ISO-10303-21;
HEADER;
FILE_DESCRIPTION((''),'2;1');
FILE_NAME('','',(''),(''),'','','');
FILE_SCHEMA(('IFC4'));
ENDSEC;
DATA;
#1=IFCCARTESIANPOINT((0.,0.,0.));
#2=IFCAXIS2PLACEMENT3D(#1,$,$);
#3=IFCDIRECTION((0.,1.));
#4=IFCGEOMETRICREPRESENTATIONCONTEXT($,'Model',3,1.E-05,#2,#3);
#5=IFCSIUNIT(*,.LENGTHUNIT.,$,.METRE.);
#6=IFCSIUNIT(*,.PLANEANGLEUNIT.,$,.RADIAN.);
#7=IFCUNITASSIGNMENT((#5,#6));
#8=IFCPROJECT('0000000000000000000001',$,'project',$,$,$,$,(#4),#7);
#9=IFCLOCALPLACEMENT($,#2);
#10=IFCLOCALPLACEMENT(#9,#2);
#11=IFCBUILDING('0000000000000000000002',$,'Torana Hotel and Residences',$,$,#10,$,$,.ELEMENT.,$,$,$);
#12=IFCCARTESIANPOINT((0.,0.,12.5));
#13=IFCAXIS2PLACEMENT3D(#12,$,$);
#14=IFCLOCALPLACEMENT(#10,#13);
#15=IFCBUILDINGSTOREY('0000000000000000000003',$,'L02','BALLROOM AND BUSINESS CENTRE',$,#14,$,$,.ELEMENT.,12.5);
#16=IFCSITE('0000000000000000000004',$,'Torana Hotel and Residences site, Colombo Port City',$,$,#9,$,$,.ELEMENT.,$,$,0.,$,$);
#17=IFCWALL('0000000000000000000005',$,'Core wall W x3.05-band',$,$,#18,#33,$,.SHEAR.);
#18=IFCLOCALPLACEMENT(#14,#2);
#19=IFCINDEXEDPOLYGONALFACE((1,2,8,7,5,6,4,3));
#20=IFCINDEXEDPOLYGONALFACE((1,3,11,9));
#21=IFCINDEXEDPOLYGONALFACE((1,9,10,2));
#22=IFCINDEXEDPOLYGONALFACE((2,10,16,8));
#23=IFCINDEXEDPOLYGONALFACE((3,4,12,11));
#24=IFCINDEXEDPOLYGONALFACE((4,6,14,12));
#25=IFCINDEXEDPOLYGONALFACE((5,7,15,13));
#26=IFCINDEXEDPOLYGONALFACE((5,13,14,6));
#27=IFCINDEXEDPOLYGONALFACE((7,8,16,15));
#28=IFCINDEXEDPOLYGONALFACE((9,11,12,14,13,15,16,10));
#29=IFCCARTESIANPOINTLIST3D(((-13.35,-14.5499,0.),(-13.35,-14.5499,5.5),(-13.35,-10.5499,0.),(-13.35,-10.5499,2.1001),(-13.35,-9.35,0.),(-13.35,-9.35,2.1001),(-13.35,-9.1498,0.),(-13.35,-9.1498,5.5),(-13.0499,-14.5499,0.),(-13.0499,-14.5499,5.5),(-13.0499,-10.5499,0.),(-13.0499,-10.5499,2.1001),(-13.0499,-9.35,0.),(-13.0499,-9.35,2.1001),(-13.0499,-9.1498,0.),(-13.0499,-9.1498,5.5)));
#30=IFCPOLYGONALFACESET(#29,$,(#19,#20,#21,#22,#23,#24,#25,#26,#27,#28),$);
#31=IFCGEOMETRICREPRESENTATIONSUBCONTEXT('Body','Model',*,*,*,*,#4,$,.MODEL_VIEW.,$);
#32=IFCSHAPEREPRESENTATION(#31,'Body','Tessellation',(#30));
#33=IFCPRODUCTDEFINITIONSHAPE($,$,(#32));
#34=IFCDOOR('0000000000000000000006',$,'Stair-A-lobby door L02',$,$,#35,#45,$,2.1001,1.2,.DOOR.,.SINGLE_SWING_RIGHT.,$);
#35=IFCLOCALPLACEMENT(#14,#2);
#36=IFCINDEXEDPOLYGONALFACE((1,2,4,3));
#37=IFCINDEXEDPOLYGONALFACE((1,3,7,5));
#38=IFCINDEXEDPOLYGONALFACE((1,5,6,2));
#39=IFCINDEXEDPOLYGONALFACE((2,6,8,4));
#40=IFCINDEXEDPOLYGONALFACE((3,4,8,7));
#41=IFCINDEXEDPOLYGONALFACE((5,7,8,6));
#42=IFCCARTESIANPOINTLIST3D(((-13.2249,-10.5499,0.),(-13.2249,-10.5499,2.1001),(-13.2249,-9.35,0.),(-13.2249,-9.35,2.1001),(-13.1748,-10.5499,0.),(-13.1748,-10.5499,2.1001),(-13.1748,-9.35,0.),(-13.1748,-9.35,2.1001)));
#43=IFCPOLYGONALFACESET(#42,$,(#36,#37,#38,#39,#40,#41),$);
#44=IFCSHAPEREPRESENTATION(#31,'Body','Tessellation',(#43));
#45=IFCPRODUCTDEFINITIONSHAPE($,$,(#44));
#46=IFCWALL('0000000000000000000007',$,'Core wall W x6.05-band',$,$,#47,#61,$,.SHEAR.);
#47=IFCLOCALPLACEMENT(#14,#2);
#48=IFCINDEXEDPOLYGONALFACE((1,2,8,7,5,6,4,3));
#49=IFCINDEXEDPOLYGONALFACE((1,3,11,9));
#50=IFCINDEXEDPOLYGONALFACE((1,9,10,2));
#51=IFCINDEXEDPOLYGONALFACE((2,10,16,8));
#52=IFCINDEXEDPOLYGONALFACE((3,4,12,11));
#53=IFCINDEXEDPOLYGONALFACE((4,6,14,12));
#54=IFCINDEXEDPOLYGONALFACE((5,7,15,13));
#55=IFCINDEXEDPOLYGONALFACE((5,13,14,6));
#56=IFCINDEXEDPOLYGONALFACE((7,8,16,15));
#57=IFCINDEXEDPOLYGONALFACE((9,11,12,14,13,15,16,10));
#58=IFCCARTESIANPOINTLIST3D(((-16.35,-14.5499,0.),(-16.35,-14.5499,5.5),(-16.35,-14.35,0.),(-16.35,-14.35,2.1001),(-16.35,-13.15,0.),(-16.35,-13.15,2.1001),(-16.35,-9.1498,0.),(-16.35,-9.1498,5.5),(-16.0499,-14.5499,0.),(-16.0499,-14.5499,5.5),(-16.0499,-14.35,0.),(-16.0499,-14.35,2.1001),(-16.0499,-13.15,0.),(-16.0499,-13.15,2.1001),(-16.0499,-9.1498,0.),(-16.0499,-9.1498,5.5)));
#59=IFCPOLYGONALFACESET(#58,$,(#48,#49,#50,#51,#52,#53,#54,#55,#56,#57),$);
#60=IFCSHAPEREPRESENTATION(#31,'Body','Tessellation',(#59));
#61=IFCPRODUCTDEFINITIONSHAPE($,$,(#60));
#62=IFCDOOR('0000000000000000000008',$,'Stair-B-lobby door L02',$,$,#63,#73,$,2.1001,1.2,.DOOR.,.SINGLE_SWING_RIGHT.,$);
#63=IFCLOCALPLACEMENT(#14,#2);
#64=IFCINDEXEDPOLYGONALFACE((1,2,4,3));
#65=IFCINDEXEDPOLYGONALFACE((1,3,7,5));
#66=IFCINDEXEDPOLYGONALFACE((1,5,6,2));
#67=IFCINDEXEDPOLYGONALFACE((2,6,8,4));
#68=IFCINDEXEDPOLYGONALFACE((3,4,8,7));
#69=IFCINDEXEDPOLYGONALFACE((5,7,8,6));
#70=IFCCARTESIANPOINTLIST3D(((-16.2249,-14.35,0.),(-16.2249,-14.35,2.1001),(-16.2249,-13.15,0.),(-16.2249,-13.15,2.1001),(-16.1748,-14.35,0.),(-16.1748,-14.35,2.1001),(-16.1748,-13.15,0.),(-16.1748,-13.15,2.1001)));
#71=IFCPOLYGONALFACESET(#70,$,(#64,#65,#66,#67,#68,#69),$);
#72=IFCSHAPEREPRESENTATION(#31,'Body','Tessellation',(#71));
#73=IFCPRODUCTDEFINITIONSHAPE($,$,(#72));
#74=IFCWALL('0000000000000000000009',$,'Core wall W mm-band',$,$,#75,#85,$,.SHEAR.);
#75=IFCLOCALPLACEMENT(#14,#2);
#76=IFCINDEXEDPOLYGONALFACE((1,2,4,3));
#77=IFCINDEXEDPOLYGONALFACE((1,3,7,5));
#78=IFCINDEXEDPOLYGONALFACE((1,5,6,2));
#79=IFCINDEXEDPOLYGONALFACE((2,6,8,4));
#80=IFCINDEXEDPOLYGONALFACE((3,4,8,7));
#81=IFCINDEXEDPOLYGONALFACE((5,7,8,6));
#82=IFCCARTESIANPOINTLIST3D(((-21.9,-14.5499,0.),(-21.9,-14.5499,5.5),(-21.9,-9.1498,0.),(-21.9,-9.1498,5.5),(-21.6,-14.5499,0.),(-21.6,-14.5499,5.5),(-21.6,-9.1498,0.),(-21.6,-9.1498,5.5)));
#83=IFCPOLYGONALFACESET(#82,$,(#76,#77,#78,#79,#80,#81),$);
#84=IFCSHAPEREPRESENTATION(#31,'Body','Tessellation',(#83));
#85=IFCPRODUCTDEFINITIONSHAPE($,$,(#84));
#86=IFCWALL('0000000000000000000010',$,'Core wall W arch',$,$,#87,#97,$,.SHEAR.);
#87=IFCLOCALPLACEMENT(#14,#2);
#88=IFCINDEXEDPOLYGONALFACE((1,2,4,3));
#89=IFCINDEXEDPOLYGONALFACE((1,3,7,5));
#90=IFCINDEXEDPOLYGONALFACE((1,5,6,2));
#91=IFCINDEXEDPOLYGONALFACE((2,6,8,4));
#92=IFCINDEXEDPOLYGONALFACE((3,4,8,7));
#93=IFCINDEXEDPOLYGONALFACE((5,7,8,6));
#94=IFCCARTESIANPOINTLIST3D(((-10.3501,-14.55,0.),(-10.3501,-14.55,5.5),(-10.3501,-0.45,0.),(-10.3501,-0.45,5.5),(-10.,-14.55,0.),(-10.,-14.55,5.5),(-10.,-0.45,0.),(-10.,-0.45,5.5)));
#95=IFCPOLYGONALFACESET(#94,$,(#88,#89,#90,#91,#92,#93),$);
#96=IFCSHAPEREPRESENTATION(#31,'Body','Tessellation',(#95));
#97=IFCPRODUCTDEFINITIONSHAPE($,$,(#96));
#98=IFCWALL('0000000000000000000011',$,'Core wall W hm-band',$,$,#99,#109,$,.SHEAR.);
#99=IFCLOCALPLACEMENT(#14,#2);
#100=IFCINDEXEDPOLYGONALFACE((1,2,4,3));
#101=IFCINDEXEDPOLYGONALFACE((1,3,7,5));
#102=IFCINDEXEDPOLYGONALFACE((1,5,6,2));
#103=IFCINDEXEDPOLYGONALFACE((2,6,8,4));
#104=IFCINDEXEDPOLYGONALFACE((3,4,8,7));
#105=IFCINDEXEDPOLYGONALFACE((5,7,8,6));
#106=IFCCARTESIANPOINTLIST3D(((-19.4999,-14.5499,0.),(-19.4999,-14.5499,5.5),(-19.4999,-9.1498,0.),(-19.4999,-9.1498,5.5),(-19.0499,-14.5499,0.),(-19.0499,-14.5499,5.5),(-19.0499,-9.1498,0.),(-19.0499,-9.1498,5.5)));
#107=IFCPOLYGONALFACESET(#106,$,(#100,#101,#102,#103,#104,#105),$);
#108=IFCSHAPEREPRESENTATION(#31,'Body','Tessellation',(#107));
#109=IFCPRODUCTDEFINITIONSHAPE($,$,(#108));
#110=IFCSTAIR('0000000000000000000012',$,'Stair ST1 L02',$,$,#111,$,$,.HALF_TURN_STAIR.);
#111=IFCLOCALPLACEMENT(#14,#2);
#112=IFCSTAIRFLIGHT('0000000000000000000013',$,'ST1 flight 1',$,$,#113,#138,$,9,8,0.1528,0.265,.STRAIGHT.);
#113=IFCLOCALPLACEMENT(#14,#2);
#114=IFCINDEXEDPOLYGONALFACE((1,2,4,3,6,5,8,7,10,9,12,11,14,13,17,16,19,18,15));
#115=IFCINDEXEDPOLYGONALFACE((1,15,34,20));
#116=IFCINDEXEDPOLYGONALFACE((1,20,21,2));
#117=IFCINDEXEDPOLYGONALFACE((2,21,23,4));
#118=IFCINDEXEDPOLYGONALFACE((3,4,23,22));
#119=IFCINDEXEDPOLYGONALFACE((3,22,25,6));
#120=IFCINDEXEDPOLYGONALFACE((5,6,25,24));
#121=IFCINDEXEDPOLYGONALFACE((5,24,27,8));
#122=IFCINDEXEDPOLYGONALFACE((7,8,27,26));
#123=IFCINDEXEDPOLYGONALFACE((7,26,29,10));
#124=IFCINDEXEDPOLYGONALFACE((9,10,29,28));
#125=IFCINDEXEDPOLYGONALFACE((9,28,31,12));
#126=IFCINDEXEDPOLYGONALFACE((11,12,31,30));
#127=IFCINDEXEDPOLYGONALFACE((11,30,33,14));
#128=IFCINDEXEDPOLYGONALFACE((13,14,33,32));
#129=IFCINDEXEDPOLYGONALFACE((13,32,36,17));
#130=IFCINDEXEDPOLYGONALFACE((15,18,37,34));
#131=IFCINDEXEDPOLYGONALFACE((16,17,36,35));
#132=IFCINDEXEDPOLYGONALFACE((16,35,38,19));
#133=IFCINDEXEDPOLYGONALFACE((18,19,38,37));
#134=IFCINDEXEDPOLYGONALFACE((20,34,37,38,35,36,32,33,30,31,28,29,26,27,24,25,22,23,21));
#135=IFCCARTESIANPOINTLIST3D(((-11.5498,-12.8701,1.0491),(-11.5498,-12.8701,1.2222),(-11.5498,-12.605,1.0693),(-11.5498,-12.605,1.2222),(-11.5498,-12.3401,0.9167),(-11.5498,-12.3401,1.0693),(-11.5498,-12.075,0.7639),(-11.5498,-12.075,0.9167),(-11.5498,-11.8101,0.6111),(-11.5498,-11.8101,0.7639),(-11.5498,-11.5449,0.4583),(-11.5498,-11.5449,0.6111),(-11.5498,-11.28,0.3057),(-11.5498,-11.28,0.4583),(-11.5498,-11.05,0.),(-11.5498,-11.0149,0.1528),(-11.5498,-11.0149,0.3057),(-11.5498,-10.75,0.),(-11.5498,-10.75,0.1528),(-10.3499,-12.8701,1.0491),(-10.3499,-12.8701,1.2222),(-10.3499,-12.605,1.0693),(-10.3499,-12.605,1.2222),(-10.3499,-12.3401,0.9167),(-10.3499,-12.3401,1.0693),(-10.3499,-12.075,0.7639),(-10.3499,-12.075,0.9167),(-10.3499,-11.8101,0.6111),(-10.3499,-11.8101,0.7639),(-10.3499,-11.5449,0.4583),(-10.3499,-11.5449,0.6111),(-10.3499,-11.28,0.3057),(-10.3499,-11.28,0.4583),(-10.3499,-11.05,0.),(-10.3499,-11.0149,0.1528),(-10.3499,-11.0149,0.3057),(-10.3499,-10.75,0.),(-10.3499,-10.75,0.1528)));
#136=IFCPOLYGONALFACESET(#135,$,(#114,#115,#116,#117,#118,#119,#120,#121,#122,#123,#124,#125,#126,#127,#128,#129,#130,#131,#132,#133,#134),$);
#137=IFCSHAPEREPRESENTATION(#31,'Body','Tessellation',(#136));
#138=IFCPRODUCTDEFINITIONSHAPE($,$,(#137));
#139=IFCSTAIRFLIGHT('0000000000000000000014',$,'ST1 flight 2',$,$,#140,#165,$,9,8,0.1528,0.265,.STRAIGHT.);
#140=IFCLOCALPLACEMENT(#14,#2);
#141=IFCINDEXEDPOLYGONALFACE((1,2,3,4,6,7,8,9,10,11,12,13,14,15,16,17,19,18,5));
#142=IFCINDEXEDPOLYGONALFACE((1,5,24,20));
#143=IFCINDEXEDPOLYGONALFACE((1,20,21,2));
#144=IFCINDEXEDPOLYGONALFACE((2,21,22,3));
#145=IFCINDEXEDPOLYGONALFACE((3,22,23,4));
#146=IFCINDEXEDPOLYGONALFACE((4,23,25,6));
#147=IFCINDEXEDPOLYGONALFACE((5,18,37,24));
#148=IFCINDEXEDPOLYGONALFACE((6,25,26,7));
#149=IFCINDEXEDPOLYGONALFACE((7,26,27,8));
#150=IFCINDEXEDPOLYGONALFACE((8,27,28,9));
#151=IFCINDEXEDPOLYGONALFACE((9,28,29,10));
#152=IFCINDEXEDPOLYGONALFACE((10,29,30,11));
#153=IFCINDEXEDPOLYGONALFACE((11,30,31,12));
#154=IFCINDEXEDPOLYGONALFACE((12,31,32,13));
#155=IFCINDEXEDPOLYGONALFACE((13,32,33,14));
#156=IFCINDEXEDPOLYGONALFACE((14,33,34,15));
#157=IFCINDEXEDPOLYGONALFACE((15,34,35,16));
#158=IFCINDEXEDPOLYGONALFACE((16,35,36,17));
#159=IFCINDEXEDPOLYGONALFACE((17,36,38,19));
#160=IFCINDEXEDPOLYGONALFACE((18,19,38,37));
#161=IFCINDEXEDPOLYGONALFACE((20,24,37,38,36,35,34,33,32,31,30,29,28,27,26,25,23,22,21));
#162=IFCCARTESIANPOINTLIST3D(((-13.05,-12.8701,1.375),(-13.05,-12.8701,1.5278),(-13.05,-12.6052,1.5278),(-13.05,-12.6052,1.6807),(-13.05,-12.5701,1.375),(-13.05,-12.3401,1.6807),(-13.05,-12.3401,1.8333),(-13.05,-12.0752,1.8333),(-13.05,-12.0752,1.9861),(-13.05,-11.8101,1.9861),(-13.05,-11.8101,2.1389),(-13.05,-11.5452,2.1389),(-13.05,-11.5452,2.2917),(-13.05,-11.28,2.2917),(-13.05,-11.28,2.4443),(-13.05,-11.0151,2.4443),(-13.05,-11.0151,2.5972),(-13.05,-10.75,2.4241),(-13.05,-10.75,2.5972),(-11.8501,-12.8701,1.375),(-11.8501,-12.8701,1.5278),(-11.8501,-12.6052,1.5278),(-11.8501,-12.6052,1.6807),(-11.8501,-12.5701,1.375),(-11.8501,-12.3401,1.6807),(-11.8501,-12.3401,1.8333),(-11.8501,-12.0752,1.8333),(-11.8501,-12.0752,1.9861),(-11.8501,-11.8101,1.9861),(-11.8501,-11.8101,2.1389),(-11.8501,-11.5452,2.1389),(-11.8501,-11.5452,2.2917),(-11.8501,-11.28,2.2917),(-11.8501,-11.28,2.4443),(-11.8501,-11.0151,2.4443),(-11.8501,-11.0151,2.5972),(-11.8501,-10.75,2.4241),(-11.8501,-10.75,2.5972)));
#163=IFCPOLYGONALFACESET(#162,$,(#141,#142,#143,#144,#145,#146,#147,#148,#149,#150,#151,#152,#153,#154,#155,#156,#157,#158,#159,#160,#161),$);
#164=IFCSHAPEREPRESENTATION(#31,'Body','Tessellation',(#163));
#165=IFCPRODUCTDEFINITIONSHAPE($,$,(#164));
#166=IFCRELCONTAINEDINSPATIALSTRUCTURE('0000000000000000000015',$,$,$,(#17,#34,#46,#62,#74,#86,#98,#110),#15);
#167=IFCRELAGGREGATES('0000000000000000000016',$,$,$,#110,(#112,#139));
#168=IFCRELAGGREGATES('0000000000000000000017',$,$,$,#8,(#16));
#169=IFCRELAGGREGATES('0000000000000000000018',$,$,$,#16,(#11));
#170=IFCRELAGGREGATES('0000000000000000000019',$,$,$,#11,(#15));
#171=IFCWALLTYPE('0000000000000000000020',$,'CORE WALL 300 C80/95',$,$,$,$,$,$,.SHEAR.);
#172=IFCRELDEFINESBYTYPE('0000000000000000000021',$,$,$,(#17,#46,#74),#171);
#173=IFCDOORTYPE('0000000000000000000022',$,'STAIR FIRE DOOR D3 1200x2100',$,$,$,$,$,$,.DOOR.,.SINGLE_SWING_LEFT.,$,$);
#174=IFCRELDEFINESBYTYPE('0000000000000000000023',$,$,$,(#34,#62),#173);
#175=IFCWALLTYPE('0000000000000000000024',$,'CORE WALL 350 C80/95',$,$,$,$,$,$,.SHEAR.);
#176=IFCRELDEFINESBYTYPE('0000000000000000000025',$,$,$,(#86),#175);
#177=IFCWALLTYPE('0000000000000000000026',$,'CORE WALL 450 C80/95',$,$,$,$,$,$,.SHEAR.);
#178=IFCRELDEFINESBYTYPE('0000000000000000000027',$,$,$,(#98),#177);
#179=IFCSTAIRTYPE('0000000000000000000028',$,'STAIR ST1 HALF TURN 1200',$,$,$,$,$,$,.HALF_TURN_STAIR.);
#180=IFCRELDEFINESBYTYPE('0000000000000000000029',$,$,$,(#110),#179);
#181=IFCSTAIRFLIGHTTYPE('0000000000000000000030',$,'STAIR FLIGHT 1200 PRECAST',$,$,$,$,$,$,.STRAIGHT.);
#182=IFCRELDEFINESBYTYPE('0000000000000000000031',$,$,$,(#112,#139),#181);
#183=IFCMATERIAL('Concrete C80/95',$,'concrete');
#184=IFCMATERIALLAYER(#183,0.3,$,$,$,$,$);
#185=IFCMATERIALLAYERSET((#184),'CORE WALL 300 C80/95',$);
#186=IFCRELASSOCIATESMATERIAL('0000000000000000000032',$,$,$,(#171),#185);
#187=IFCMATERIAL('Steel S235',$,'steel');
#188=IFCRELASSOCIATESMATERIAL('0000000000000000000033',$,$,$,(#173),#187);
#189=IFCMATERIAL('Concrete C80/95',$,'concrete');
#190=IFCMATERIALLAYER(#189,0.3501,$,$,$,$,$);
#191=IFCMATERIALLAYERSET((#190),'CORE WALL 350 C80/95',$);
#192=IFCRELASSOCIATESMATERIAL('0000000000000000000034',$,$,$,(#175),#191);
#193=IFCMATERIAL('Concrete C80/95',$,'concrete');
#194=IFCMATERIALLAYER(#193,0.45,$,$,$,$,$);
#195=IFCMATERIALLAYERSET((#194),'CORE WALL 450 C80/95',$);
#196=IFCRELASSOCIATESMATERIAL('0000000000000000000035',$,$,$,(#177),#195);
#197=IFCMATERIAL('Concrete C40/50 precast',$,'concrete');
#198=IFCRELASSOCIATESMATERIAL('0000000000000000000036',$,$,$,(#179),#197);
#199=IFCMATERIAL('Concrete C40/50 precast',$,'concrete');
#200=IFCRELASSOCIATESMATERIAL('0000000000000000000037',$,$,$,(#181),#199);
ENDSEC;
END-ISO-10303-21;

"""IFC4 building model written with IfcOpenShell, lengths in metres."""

from ifc_helpers import new_model, si_unit, direction, frame, frame_2d, origin, place, context, subcontext, project, spatial, polyline, rectangle, outline, extrude, material, layer, layer_set, type_object, element, fill, aggregate, save


model = new_model("IFC4")

# Units and contexts
model_context = context("Model", 3, precision=1e-05, world=origin(), true_north=direction((0.0, 1.0)))
body_context = subcontext(model_context, "Body", "Model", "MODEL_VIEW")
ifc_project = project(units=[si_unit("LENGTHUNIT", "METRE"), si_unit("PLANEANGLEUNIT", "RADIAN")], contexts=[model_context])

# Site, building, storey
site_placement = place(None, origin())
site = spatial("IfcSite", under=ifc_project, at=site_placement, Name="Torana Hotel and Residences site, Colombo Port City", CompositionType="ELEMENT", RefElevation=0.0)
building_placement = place(site_placement, origin())
building = spatial("IfcBuilding", under=site, at=building_placement, Name="Torana Hotel and Residences", CompositionType="ELEMENT")
storey_placement = place(building_placement, frame((0.0, 0.0, 12.5)))
storey = spatial("IfcBuildingStorey", under=building, at=storey_placement, Name="L02", Description="BALLROOM AND BUSINESS CENTRE", CompositionType="ELEMENT", Elevation=12.5)

# Walls, openings, doors
ifc_material_1 = material(Name="Concrete C80/95", Category="concrete")
ifc_layer_1 = layer(ifc_material_1, 0.3)
ifc_layer_set_1 = layer_set([ifc_layer_1], Name="CORE WALL 300 C80/95")
wall_type_1 = type_object("IfcWallType", Name="CORE WALL 300 C80/95", PredefinedType="SHEAR", material=ifc_layer_set_1)
wall_1_placement = place(storey_placement, frame((-13.2, -14.55, 0.0), z_axis=(0.0, 0.0, 1.0), x_axis=(0.0, 1.0, 0.0)))
wall_1 = element("IfcWall", 1, at=wall_1_placement, inside=storey, type_object=wall_type_1, Name="Core wall W x3.05-band", PredefinedType="SHEAR", context=body_context, shape_type="SweptSolid", body=[
    extrude(rectangle(XDim=5.4001, YDim=0.3, at=frame_2d((2.7002, 0.0))), origin(), (0.0, 0.0, 1.0), 5.5),
])
opening_1_placement = place(wall_1_placement, frame((4.0, 0.0, 0.0)))
opening_1 = element("IfcOpeningElement", 2, at=opening_1_placement, cuts=wall_1, PredefinedType="OPENING", context=body_context, shape_type="SweptSolid", body=[
    extrude(rectangle(XDim=1.2, YDim=2.1001, at=frame_2d((0.6001, 1.05))), frame((0.0, 0.1599, 0.0), z_axis=(0.0, -1.0, 0.0), x_axis=(1.0, 0.0, 0.0)), (0.0, 0.0, 1.0), 0.3201),
])
ifc_material_2 = material(Name="Steel S235", Category="steel")
door_type = type_object("IfcDoorType", Name="STAIR FIRE DOOR D3 1200x2100", OperationType="SINGLE_SWING_LEFT", PredefinedType="DOOR", material=ifc_material_2)
door_1_placement = place(opening_1_placement, frame((0.6001, 0.0, 0.0), z_axis=(0.0, 0.0, 1.0), x_axis=(-1.0, 0.0, 0.0)))
door_1 = element("IfcDoor", 3, at=door_1_placement, inside=storey, type_object=door_type, Name="Stair-A-lobby door L02", OperationType="SINGLE_SWING_RIGHT", OverallHeight=2.1001, OverallWidth=1.2, PredefinedType="DOOR", context=body_context, shape_type="SweptSolid", body=[
    extrude(rectangle(XDim=1.2, YDim=2.1001, at=frame_2d((0.0, 1.05))), frame((0.0, -0.0249, 0.0), z_axis=(0.0, 1.0, 0.0), x_axis=(-1.0, 0.0, 0.0)), (0.0, 0.0, 1.0), 0.05),
])
fill(opening_1, door_1)
wall_2_placement = place(storey_placement, frame((-16.2, -14.55, 0.0), z_axis=(0.0, 0.0, 1.0), x_axis=(0.0, 1.0, 0.0)))
wall_2 = element("IfcWall", 4, at=wall_2_placement, inside=storey, type_object=wall_type_1, Name="Core wall W x6.05-band", PredefinedType="SHEAR", context=body_context, shape_type="SweptSolid", body=[
    extrude(rectangle(XDim=5.4001, YDim=0.3, at=frame_2d((2.7002, 0.0))), origin(), (0.0, 0.0, 1.0), 5.5),
])
opening_2_placement = place(wall_2_placement, frame((0.2, 0.0, 0.0)))
opening_2 = element("IfcOpeningElement", 5, at=opening_2_placement, cuts=wall_2, PredefinedType="OPENING", context=body_context, shape_type="SweptSolid", body=[
    extrude(rectangle(XDim=1.2, YDim=2.1001, at=frame_2d((0.6001, 1.05))), frame((0.0, 0.1599, 0.0), z_axis=(0.0, -1.0, 0.0), x_axis=(1.0, 0.0, 0.0)), (0.0, 0.0, 1.0), 0.3201),
])
door_2_placement = place(opening_2_placement, origin())
door_2 = element("IfcDoor", 6, at=door_2_placement, inside=storey, type_object=door_type, Name="Stair-B-lobby door L02", OperationType="SINGLE_SWING_RIGHT", OverallHeight=2.1001, OverallWidth=1.2, PredefinedType="DOOR", context=body_context, shape_type="SweptSolid", body=[
    extrude(rectangle(XDim=1.2, YDim=2.1001, at=frame_2d((0.6001, 1.05))), frame((0.0, 0.0249, 0.0), z_axis=(0.0, -1.0, 0.0), x_axis=(1.0, 0.0, 0.0)), (0.0, 0.0, 1.0), 0.05),
])
fill(opening_2, door_2)

# Walls
wall_3_placement = place(storey_placement, frame((-21.75, -14.55, 0.0), z_axis=(0.0, 0.0, 1.0), x_axis=(0.0, 1.0, 0.0)))
element("IfcWall", 7, at=wall_3_placement, inside=storey, type_object=wall_type_1, Name="Core wall W mm-band", PredefinedType="SHEAR", context=body_context, shape_type="SweptSolid", body=[
    extrude(rectangle(XDim=5.4001, YDim=0.3, at=frame_2d((2.7002, 0.0))), origin(), (0.0, 0.0, 1.0), 5.5),
])
ifc_material_3 = material(Name="Concrete C80/95", Category="concrete")
ifc_layer_2 = layer(ifc_material_3, 0.3501)
ifc_layer_set_2 = layer_set([ifc_layer_2], Name="CORE WALL 350 C80/95")
wall_type_2 = type_object("IfcWallType", Name="CORE WALL 350 C80/95", PredefinedType="SHEAR", material=ifc_layer_set_2)
wall_4_placement = place(storey_placement, frame((-10.175, -14.55, 0.0), z_axis=(0.0, 0.0, 1.0), x_axis=(0.0, 1.0, 0.0)))
element("IfcWall", 8, at=wall_4_placement, inside=storey, type_object=wall_type_2, Name="Core wall W arch", PredefinedType="SHEAR", context=body_context, shape_type="SweptSolid", body=[
    extrude(rectangle(XDim=14.1001, YDim=0.3501, at=frame_2d((7.05, 0.0))), origin(), (0.0, 0.0, 1.0), 5.5),
])
ifc_material_4 = material(Name="Concrete C80/95", Category="concrete")
ifc_layer_3 = layer(ifc_material_4, 0.45)
ifc_layer_set_3 = layer_set([ifc_layer_3], Name="CORE WALL 450 C80/95")
wall_type_3 = type_object("IfcWallType", Name="CORE WALL 450 C80/95", PredefinedType="SHEAR", material=ifc_layer_set_3)
wall_5_placement = place(storey_placement, frame((-19.2749, -14.55, 0.0), z_axis=(0.0, 0.0, 1.0), x_axis=(0.0, 1.0, 0.0)))
element("IfcWall", 9, at=wall_5_placement, inside=storey, type_object=wall_type_3, Name="Core wall W hm-band", PredefinedType="SHEAR", context=body_context, shape_type="SweptSolid", body=[
    extrude(rectangle(XDim=5.4001, YDim=0.45, at=frame_2d((2.7002, 0.0))), origin(), (0.0, 0.0, 1.0), 5.5),
])

# Stair, stair flights
ifc_material_5 = material(Name="Concrete C40/50 precast", Category="concrete")
stair_type_1 = type_object("IfcStairType", Name="STAIR ST1 HALF TURN 1200", PredefinedType="HALF_TURN_STAIR", material=ifc_material_5)
stair_1_placement = place(storey_placement, origin())
stair_1 = element("IfcStair", 10, at=stair_1_placement, inside=storey, type_object=stair_type_1, Name="Stair ST1 L02", PredefinedType="HALF_TURN_STAIR")
ifc_material_6 = material(Name="Concrete C40/50 precast", Category="concrete")
stair_flight_type = type_object("IfcStairFlightType", Name="STAIR FLIGHT 1200 PRECAST", PredefinedType="STRAIGHT", material=ifc_material_6)
stair_flight_1_placement = place(storey_placement, frame((-10.95, -10.75, 0.0), z_axis=(0.0, 0.0, 1.0), x_axis=(0.0, -1.0, 0.0)))
stair_flight_1 = element("IfcStairFlight", 11, at=stair_flight_1_placement, type_object=stair_flight_type, Name="ST1 flight 1", NumberOfRisers=9, NumberOfTreads=8, PredefinedType="STRAIGHT", RiserHeight=0.1528, TreadLength=0.265, context=body_context, shape_type="SweptSolid", body=[
    extrude(outline(polyline([(0.0, 0.0), (0.0, 0.1528), (0.2649, 0.1528), (0.2649, 0.3057), (0.53, 0.3057), (0.53, 0.4583), (0.7949, 0.4583), (0.7949, 0.6111), (1.0601, 0.6111), (1.0601, 0.7639), (1.325, 0.7639), (1.325, 0.9167), (1.5901, 0.9167), (1.5901, 1.0693), (1.855, 1.0693), (1.855, 1.2222), (2.1201, 1.2222), (2.1201, 1.375), (2.1201, 1.0491), (0.3, 0.0), (0.0, 0.0)])), frame((0.0, 0.6001, 0.0), z_axis=(0.0, -1.0, 0.0), x_axis=(1.0, 0.0, 0.0)), (0.0, 0.0, 1.0), 1.2),
])
stair_flight_2_placement = place(storey_placement, frame((-12.45, -12.8701, 1.375), z_axis=(0.0, 0.0, 1.0), x_axis=(0.0, 1.0, 0.0)))
stair_flight_2 = element("IfcStairFlight", 12, at=stair_flight_2_placement, type_object=stair_flight_type, Name="ST1 flight 2", NumberOfRisers=9, NumberOfTreads=8, PredefinedType="STRAIGHT", RiserHeight=0.1528, TreadLength=0.265, context=body_context, shape_type="SweptSolid", body=[
    extrude(outline(polyline([(0.0, 0.0), (0.0, 0.1528), (0.2649, 0.1528), (0.2649, 0.3057), (0.53, 0.3057), (0.53, 0.4583), (0.7949, 0.4583), (0.7949, 0.6111), (1.0601, 0.6111), (1.0601, 0.7639), (1.325, 0.7639), (1.325, 0.9167), (1.5901, 0.9167), (1.5901, 1.0693), (1.855, 1.0693), (1.855, 1.2222), (2.1201, 1.2222), (2.1201, 1.375), (2.1201, 1.0491), (0.3, 0.0), (0.0, 0.0)])), frame((0.0, 0.6001, 0.0), z_axis=(0.0, -1.0, 0.0), x_axis=(1.0, 0.0, 0.0)), (0.0, 0.0, 1.0), 1.2),
])
aggregate(stair_1, [stair_flight_1, stair_flight_2])

save(model, "model.ifc")
